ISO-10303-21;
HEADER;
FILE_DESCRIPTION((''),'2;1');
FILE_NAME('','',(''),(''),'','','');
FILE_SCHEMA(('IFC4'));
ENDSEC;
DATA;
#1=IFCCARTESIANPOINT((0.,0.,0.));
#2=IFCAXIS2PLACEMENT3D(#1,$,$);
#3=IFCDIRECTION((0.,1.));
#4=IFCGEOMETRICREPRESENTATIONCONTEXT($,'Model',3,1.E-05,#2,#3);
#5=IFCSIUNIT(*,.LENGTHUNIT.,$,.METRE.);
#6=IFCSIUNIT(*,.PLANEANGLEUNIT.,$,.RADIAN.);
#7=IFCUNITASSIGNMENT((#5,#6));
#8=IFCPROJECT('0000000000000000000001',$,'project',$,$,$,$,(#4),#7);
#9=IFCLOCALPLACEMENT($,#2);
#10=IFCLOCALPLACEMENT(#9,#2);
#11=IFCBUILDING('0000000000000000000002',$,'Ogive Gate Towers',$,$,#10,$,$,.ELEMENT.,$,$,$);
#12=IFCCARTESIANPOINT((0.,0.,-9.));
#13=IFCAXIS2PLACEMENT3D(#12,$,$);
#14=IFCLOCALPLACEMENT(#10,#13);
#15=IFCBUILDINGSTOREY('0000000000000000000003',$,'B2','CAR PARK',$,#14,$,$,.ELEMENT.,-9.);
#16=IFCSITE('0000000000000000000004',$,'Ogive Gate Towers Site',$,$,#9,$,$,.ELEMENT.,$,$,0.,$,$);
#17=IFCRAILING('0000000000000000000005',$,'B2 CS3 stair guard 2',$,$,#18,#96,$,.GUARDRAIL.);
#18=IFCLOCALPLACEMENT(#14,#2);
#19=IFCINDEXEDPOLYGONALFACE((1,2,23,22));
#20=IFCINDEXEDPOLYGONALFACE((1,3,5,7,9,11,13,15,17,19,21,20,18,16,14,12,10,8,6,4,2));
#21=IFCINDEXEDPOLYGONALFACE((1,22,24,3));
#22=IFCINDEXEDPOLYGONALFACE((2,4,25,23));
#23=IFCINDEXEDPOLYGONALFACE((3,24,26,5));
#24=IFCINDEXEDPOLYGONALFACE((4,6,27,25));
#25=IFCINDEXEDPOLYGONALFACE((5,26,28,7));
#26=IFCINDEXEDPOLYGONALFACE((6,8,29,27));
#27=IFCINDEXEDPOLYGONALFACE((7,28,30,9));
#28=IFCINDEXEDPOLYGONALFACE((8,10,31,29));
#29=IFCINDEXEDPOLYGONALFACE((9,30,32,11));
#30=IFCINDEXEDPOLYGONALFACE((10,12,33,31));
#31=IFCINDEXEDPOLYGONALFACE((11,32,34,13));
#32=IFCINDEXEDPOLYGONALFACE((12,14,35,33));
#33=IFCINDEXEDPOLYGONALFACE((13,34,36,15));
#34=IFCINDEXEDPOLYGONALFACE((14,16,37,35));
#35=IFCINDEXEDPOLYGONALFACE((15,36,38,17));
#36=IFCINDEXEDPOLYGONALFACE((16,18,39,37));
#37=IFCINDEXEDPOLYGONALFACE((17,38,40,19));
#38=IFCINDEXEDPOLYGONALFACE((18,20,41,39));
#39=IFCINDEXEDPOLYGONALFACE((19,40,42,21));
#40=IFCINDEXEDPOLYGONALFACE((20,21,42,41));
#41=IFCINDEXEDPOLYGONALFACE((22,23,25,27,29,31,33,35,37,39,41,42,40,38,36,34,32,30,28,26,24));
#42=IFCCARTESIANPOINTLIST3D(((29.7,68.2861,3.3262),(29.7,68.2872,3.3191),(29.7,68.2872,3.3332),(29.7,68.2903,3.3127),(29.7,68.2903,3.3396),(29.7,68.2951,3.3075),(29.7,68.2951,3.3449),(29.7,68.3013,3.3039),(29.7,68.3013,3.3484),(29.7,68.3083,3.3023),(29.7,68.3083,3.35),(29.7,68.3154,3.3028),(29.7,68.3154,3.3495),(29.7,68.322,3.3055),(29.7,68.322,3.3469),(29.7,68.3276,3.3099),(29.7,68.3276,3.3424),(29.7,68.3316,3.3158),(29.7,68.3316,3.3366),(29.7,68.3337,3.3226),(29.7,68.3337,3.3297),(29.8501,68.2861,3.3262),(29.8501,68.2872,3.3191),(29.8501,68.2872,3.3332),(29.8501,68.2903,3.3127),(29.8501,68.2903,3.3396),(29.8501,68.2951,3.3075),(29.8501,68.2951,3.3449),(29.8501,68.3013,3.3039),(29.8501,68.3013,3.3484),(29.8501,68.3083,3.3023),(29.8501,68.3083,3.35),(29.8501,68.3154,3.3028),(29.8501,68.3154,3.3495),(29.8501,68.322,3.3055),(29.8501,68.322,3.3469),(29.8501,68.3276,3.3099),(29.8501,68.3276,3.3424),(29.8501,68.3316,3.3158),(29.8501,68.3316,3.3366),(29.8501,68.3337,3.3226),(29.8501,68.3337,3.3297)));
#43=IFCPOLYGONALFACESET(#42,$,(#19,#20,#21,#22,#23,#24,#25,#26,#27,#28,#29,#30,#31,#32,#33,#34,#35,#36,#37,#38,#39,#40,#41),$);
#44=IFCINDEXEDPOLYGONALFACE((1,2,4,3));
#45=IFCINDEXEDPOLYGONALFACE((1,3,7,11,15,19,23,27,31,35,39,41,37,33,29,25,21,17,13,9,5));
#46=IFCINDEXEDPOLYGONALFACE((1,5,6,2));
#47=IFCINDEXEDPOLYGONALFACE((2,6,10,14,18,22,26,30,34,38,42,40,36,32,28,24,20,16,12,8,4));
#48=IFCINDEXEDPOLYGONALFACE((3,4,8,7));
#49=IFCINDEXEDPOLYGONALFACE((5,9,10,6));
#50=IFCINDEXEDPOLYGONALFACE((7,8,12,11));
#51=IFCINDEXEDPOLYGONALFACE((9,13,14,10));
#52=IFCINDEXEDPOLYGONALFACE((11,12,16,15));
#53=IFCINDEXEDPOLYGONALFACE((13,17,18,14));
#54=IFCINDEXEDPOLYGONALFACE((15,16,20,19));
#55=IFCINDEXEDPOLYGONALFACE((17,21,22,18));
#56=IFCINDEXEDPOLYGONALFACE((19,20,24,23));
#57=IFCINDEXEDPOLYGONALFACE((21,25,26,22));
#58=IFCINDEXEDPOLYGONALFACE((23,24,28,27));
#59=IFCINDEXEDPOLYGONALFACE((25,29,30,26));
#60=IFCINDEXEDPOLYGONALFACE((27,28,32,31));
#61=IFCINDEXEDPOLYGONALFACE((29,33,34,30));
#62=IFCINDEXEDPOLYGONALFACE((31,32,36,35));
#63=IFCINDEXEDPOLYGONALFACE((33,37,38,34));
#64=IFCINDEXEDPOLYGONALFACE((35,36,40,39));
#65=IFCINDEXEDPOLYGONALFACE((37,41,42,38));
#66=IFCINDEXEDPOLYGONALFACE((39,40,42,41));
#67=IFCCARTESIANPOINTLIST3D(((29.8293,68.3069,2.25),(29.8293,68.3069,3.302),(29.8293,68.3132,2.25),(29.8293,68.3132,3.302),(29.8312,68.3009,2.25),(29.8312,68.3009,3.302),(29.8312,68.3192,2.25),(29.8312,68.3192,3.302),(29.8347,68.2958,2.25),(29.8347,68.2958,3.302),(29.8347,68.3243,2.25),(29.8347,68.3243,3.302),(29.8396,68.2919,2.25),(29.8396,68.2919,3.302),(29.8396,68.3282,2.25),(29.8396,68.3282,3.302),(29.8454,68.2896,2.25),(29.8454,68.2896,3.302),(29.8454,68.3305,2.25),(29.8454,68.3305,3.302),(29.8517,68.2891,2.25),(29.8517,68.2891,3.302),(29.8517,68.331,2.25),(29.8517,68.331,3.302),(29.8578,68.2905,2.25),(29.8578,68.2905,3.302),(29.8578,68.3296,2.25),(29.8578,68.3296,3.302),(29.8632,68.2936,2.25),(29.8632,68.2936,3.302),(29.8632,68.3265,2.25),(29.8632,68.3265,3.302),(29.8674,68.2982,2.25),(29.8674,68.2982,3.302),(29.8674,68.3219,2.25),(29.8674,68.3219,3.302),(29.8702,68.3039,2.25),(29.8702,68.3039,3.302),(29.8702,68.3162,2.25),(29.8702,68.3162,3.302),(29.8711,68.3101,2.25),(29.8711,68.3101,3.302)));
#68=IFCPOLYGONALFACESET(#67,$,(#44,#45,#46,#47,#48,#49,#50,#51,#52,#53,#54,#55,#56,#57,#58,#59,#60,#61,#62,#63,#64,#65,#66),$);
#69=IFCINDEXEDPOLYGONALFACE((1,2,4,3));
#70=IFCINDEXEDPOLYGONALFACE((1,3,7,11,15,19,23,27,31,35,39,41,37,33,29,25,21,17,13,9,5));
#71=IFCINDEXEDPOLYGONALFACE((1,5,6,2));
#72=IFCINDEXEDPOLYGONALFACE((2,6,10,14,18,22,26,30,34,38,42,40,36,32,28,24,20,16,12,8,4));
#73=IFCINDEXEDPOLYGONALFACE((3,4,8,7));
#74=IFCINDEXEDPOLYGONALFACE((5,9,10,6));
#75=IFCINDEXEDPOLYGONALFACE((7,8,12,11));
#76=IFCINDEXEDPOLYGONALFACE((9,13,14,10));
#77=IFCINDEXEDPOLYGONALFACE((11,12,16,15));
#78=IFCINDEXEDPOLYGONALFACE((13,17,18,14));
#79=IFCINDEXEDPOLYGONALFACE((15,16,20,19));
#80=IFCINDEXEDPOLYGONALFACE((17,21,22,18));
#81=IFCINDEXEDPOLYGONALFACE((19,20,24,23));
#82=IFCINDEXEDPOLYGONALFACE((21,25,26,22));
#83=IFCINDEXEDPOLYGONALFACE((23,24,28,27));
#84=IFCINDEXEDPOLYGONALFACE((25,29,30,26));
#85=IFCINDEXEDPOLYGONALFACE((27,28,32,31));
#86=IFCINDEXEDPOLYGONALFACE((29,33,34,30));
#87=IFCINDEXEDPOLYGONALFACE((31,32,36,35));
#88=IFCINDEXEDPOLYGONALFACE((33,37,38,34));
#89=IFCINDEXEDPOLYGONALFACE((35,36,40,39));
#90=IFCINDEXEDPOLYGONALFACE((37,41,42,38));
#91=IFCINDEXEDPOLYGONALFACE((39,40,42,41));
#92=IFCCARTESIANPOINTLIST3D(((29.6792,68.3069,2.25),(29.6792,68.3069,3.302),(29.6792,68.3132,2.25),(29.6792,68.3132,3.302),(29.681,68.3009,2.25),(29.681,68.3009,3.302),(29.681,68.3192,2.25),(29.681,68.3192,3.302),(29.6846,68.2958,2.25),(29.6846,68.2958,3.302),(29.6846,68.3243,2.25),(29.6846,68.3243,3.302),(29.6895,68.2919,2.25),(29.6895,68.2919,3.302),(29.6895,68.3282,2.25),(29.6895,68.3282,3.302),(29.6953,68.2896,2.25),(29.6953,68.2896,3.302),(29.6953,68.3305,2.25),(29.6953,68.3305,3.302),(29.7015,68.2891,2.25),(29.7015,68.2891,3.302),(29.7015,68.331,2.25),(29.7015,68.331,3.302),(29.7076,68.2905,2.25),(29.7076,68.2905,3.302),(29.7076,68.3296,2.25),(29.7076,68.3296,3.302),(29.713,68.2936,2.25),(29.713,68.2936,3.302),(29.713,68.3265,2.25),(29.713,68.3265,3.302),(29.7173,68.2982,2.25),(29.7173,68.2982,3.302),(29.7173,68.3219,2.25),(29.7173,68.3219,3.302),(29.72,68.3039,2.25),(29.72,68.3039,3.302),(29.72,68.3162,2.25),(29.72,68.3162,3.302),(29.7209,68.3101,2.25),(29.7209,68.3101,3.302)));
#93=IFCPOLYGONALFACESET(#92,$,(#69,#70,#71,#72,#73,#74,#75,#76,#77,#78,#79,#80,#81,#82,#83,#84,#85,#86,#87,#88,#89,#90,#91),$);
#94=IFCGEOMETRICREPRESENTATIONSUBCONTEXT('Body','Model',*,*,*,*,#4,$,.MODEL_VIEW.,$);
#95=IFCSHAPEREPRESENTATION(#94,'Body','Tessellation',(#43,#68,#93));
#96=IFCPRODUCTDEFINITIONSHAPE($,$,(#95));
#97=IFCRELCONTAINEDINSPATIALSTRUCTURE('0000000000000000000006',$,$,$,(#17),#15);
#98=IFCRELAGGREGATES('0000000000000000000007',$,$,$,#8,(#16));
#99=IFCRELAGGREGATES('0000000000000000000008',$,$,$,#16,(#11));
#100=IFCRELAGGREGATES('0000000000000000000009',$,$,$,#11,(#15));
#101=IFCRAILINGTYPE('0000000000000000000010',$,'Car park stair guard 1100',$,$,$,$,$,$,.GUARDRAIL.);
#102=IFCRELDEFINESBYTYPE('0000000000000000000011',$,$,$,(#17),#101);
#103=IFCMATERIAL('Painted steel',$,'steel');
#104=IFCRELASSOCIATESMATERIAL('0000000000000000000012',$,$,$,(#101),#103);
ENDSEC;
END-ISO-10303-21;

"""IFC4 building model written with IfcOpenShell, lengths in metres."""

from ifc_helpers import new_model, si_unit, direction, frame, origin, origin_2d, place, context, subcontext, project, spatial, circle, extrude, material, type_object, element, save


model = new_model("IFC4")

# Units and contexts
model_context = context("Model", 3, precision=1e-05, world=origin(), true_north=direction((0.0, 1.0)))
body_context = subcontext(model_context, "Body", "Model", "MODEL_VIEW")
ifc_project = project(units=[si_unit("LENGTHUNIT", "METRE"), si_unit("PLANEANGLEUNIT", "RADIAN")], contexts=[model_context])

# Site, building, storey
site_placement = place(None, origin())
site = spatial("IfcSite", under=ifc_project, at=site_placement, Name="Ogive Gate Towers Site", CompositionType="ELEMENT", RefElevation=0.0)
building_placement = place(site_placement, origin())
building = spatial("IfcBuilding", under=site, at=building_placement, Name="Ogive Gate Towers", CompositionType="ELEMENT")
storey_placement = place(building_placement, frame((0.0, 0.0, -9.0)))
storey = spatial("IfcBuildingStorey", under=building, at=storey_placement, Name="B2", Description="CAR PARK", CompositionType="ELEMENT", Elevation=-9.0)

# Railing
ifc_material_1 = material(Name="Painted steel", Category="steel")
railing_type_1 = type_object("IfcRailingType", Name="Car park stair guard 1100", PredefinedType="GUARDRAIL", material=ifc_material_1)
railing_1_placement = place(storey_placement, frame((29.8501, 68.3101, 2.25)))
element("IfcRailing", 1, at=railing_1_placement, inside=storey, type_object=railing_type_1, Name="B2 CS3 stair guard 2", PredefinedType="GUARDRAIL", context=body_context, shape_type="SweptSolid", body=[
    extrude(circle(Radius=0.0239, at=origin_2d()), frame((0.0, 0.0, 1.0762), z_axis=(-1.0, 0.0, 0.0), x_axis=(0.0, -1.0, 0.0)), (0.0, 0.0, 1.0), 0.1501),
    extrude(circle(Radius=0.021, at=origin_2d()), origin(), (0.0, 0.0, 1.0), 1.052),
    extrude(circle(Radius=0.021, at=origin_2d()), frame((-0.1501, 0.0, 0.0)), (0.0, 0.0, 1.0), 1.052),
])

save(model, "model.ifc")
